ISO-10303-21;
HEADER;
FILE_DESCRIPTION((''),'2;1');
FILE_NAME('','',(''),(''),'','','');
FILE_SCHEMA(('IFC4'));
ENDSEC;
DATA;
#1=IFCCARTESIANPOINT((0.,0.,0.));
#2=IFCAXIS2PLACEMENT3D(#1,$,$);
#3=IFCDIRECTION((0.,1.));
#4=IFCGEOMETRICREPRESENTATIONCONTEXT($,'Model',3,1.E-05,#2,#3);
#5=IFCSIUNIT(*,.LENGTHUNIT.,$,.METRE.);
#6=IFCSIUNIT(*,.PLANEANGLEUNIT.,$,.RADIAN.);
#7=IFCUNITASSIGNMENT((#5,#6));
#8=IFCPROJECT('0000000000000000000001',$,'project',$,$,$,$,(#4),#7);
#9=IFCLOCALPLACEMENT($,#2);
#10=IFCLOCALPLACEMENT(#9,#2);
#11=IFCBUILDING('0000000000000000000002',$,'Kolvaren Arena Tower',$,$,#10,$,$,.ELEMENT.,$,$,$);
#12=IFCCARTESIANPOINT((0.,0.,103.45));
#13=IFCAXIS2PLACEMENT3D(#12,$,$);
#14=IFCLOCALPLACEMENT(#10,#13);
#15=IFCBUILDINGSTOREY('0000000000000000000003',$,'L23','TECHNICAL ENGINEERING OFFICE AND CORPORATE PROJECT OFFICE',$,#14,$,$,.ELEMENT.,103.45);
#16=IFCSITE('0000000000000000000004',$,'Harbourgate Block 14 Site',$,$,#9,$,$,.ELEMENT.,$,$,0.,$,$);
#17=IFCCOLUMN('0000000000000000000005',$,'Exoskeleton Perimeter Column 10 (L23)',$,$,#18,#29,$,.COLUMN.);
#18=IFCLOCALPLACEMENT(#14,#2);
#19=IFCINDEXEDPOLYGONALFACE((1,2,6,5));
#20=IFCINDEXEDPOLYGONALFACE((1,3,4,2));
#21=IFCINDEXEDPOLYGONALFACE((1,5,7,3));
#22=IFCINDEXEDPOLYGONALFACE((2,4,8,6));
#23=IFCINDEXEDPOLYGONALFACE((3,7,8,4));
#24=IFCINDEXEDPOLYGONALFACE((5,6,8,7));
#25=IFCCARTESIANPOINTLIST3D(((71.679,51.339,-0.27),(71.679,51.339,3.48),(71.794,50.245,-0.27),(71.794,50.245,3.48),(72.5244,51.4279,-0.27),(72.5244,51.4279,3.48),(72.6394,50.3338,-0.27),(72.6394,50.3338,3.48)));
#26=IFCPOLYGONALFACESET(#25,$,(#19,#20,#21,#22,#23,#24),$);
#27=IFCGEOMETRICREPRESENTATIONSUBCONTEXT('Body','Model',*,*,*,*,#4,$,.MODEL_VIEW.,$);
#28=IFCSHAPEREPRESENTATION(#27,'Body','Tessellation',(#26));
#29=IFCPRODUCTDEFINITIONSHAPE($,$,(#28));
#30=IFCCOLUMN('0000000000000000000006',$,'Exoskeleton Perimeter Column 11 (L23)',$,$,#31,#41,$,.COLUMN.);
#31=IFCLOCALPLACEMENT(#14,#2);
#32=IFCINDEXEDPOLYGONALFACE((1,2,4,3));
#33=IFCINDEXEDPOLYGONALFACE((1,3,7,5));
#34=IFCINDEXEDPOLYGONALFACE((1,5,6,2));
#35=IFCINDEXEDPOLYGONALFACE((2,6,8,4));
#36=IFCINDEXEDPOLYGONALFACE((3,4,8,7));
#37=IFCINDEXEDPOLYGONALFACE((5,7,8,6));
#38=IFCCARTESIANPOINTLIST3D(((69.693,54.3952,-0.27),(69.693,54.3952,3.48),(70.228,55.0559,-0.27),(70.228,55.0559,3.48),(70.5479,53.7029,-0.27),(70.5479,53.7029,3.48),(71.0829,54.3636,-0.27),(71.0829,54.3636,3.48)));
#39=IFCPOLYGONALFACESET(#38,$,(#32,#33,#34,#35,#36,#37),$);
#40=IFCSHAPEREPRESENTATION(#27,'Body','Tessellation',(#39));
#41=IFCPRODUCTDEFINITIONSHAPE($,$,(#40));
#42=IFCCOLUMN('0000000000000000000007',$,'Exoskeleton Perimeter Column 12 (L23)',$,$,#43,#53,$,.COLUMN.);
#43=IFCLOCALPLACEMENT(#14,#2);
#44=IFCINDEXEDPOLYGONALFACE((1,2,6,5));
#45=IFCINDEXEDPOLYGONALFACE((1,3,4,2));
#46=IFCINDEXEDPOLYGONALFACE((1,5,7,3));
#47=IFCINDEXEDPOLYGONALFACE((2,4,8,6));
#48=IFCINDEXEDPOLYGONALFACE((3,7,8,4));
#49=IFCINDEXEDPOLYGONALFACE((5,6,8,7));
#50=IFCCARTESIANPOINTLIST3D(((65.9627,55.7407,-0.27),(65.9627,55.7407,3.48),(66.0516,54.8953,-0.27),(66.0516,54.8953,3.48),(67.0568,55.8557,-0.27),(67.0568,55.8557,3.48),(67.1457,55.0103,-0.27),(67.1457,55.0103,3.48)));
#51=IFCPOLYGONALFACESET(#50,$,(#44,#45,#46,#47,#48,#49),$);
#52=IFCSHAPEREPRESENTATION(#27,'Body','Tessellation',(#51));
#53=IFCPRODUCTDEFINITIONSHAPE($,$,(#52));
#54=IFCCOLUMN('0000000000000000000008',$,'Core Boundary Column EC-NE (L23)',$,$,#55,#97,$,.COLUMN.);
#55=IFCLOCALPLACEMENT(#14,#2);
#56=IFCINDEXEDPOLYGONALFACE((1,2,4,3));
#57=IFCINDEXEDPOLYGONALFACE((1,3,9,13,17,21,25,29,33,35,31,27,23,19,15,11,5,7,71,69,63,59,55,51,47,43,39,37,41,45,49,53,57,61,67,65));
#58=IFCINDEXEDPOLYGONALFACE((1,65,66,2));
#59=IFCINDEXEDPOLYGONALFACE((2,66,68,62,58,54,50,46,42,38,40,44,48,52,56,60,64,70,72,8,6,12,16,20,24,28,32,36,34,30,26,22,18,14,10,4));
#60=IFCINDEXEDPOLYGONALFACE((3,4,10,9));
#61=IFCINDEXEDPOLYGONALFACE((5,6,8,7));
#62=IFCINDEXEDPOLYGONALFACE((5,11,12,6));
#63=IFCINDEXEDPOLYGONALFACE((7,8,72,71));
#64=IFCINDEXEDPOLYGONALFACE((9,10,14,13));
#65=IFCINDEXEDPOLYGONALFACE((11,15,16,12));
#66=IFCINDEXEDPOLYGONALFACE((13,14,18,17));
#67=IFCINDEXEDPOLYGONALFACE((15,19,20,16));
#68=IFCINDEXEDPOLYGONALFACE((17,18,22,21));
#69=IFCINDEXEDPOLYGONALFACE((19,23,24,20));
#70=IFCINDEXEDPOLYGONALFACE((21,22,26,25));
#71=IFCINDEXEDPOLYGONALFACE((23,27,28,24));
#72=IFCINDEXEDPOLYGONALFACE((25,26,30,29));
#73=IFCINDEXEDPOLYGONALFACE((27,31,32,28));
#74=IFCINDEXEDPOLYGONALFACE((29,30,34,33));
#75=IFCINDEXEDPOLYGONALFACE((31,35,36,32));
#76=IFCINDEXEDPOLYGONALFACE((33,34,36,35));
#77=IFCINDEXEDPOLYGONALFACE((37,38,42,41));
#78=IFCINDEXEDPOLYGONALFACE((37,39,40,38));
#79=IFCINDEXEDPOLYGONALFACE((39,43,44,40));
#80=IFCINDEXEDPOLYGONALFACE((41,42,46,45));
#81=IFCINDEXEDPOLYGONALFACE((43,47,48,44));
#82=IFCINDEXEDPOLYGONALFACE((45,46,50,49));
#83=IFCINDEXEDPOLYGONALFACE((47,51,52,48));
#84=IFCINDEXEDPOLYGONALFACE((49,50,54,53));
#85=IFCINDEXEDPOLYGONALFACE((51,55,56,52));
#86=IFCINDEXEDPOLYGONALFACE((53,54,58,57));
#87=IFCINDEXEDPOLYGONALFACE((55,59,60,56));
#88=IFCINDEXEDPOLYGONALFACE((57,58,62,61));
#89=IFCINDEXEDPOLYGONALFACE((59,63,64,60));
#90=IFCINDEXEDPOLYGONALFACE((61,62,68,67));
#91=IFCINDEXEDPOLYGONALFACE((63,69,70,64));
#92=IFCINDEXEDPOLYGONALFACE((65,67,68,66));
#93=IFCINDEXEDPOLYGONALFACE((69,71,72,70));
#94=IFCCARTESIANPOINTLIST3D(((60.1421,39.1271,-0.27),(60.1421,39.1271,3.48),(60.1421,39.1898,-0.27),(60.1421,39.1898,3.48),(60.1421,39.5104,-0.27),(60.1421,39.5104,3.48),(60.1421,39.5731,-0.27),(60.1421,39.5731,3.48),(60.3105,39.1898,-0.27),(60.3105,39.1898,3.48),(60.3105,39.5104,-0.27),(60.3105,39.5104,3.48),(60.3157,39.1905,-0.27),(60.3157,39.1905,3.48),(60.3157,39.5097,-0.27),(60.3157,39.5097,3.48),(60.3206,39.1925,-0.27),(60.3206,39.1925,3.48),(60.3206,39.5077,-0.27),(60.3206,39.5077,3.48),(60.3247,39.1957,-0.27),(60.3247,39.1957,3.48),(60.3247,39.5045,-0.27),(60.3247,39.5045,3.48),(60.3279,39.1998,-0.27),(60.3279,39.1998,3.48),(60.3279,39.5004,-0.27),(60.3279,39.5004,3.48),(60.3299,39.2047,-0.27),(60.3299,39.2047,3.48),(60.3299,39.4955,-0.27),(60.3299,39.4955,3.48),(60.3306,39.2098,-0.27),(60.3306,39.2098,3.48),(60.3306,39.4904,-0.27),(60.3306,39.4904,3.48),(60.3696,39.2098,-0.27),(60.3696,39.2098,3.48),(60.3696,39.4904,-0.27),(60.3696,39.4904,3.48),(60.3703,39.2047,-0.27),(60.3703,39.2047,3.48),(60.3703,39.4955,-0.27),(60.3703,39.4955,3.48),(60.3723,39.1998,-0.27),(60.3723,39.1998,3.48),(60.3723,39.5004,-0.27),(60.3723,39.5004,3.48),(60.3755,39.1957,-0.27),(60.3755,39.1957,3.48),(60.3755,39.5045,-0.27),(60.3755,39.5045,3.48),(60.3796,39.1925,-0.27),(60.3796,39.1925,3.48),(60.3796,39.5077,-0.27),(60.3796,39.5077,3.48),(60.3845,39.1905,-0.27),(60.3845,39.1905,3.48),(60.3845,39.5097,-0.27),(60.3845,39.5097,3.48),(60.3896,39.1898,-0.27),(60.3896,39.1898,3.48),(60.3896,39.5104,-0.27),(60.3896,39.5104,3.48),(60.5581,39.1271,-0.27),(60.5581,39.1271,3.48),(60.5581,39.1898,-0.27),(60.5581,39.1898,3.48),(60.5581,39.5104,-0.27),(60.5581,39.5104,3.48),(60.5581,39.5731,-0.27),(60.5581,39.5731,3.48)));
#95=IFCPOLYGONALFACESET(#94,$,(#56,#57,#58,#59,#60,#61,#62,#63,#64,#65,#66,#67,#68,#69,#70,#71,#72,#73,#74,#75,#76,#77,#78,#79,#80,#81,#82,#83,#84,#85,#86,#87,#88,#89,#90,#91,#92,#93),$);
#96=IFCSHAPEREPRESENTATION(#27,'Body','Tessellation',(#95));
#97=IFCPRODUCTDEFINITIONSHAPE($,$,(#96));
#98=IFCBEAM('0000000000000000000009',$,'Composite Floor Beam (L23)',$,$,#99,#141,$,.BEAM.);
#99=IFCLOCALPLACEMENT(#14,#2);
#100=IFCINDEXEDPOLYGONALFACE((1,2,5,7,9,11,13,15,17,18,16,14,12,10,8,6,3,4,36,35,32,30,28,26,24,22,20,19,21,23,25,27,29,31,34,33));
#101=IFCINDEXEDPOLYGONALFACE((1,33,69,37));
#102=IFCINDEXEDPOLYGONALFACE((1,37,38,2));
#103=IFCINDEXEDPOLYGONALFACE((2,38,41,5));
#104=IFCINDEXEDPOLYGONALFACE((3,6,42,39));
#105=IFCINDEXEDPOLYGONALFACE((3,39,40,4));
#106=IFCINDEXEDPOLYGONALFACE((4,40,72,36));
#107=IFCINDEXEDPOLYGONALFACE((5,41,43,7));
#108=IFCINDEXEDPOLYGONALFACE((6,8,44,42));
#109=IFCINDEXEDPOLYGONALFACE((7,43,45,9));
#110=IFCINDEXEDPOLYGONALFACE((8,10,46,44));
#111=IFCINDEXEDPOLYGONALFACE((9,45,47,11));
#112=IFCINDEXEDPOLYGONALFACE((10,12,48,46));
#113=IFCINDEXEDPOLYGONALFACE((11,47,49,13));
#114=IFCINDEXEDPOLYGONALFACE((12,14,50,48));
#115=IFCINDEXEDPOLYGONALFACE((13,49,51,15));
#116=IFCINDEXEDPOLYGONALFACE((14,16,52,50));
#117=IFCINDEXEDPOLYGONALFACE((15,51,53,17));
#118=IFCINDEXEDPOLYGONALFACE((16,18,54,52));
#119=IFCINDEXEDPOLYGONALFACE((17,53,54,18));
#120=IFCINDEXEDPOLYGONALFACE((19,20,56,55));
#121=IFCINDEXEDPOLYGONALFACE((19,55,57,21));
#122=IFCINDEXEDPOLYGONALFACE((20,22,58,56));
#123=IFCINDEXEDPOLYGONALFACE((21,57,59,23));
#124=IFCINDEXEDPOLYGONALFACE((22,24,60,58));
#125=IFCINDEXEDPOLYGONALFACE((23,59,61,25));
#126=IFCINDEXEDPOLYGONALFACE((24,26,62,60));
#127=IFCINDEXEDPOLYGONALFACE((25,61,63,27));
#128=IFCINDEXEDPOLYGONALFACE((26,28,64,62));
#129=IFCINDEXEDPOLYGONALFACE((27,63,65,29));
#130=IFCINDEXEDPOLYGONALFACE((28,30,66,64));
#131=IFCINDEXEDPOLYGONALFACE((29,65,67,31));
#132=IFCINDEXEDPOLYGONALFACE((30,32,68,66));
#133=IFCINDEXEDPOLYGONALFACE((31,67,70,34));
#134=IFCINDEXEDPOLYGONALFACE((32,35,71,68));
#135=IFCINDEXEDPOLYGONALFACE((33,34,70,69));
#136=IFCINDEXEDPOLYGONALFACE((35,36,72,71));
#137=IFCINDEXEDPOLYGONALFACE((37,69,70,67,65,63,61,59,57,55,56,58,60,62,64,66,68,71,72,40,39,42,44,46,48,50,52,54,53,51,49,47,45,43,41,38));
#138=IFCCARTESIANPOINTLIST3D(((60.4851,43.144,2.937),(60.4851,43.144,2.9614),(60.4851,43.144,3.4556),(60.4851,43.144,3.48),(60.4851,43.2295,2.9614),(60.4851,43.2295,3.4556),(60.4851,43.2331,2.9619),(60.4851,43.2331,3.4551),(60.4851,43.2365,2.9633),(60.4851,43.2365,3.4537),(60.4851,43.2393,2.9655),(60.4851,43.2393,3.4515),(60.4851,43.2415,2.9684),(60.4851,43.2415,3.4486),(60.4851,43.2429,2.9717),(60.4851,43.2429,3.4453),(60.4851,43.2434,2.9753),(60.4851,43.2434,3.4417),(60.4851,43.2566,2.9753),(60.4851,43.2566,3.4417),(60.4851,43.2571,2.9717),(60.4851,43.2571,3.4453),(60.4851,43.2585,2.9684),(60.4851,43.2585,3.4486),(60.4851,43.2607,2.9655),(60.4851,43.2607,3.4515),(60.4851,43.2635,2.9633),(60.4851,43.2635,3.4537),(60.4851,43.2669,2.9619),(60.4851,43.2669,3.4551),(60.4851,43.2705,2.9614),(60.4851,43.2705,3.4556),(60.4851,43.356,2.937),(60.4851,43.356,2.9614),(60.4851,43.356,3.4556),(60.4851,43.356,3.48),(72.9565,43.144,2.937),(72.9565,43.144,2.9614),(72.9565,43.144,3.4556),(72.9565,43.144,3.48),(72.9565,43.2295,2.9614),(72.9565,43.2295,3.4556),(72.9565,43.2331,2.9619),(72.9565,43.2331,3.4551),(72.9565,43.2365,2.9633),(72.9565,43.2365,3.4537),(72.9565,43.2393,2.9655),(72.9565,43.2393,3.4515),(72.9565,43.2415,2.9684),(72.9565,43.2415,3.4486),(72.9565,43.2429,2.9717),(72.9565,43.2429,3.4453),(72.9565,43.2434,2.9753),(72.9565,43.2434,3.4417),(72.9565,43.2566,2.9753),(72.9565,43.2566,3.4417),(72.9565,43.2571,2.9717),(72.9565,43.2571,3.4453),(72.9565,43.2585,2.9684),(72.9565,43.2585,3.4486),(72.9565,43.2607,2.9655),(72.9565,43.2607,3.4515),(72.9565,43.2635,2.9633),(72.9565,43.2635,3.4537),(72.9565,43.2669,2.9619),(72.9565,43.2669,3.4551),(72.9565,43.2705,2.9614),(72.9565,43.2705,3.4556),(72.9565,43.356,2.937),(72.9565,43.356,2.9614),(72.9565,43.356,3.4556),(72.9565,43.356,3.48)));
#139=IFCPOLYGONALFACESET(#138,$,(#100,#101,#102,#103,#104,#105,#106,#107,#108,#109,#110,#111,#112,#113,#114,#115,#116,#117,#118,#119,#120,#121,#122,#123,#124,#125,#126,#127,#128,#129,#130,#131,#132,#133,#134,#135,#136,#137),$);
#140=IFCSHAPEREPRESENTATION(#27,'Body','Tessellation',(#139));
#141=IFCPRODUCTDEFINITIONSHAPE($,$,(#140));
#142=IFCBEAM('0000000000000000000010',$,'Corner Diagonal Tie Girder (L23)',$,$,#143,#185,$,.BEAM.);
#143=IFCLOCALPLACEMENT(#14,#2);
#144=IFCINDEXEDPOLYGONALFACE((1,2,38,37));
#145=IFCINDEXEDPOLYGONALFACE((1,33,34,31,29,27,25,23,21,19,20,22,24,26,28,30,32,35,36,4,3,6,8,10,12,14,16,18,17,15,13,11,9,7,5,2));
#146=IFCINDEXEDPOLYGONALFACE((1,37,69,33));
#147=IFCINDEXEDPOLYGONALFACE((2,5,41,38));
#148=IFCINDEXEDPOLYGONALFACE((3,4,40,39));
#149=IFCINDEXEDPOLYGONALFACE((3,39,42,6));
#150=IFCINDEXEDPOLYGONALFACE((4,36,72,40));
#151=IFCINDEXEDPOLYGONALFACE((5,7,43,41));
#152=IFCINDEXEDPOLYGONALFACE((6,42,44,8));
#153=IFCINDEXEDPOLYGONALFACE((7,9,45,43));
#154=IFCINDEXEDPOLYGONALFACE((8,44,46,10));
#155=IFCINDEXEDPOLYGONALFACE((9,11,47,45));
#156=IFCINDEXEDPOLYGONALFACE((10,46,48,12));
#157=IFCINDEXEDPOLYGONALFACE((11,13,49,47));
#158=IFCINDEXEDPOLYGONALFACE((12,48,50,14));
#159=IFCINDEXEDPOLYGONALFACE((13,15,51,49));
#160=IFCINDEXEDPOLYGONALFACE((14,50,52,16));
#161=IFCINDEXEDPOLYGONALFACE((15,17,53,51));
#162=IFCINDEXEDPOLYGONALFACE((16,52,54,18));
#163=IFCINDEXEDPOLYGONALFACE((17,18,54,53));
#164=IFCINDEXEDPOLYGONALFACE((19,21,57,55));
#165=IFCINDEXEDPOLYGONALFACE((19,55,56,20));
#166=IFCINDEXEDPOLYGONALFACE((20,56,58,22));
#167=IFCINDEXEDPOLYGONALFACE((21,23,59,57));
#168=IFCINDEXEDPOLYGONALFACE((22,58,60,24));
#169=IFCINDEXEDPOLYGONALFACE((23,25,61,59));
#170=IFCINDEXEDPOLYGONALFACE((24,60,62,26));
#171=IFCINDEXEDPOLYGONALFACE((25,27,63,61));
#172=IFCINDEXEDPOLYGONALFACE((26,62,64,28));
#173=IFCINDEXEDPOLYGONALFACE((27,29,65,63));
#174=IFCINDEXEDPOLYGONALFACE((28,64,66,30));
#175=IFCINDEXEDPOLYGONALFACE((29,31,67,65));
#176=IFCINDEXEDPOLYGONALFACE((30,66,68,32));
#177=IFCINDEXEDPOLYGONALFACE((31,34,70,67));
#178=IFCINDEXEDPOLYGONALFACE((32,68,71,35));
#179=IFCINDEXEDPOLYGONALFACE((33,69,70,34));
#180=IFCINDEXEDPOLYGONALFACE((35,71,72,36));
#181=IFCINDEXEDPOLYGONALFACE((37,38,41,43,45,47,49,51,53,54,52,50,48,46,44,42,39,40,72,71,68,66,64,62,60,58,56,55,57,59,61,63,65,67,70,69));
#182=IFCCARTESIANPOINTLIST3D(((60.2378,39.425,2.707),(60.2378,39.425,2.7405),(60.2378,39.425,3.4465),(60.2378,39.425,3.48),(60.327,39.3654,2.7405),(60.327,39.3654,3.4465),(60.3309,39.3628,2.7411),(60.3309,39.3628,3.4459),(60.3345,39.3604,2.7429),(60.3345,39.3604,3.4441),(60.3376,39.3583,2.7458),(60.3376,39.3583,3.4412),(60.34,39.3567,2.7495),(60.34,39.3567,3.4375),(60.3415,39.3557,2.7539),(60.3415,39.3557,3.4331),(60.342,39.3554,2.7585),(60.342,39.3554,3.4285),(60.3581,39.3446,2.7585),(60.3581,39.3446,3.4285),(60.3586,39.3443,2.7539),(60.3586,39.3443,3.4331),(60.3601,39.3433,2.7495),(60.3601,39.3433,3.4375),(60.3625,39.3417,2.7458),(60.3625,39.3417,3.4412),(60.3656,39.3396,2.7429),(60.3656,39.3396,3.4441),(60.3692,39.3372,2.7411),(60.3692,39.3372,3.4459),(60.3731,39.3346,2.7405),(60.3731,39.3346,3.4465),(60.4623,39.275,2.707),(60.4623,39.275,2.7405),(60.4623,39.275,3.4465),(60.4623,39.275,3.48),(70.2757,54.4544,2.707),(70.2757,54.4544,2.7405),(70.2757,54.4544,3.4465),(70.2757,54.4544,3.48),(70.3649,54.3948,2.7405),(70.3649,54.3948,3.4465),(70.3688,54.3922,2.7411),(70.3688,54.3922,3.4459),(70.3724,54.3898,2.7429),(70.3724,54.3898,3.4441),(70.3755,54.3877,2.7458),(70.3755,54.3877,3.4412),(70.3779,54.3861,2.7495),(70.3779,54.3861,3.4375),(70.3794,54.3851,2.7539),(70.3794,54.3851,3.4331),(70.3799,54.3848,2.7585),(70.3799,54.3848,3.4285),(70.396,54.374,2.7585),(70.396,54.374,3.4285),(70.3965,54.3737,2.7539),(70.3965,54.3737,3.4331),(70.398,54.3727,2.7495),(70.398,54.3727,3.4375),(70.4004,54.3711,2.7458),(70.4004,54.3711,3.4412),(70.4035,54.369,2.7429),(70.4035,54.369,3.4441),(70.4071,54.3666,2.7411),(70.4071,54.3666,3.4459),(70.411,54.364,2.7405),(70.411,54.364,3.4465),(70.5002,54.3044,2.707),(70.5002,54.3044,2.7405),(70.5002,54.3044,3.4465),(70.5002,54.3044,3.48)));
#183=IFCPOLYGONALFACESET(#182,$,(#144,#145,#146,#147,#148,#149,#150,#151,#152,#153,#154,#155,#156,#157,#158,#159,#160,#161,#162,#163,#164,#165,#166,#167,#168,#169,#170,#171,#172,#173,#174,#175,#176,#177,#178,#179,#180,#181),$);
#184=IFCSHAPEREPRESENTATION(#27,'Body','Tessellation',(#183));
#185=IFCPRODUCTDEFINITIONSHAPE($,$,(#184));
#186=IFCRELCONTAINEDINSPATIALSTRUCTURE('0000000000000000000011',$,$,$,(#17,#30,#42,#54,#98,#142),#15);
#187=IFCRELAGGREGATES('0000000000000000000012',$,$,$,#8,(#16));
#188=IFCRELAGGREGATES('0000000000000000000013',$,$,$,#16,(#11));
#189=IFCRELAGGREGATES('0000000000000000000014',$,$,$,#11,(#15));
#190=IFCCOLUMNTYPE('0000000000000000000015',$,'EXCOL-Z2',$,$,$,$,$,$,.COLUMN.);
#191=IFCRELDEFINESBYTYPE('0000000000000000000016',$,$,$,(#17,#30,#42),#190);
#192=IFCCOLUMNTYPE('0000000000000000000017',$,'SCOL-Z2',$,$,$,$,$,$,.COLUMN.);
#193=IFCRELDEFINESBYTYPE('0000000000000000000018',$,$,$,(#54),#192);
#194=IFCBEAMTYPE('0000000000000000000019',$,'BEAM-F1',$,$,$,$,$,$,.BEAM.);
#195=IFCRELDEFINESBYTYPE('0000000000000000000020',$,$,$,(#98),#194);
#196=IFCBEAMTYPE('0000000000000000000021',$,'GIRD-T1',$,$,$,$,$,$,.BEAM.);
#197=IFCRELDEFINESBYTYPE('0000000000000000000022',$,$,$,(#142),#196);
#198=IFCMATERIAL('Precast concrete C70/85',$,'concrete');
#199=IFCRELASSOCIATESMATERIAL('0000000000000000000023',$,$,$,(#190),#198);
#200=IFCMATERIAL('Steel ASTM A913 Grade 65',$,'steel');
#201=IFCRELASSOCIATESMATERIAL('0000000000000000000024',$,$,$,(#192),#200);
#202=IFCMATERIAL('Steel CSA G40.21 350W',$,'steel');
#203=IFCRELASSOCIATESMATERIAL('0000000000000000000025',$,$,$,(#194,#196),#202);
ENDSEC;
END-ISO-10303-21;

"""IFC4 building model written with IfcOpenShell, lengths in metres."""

from ifc_helpers import new_model, si_unit, direction, frame, origin, origin_2d, place, context, subcontext, project, spatial, rectangle, i_section, extrude, material, material_profile, profile_set, type_object, element, save


model = new_model("IFC4")

# Units and contexts
model_context = context("Model", 3, precision=1e-05, world=origin(), true_north=direction((0.0, 1.0)))
body_context = subcontext(model_context, "Body", "Model", "MODEL_VIEW")
ifc_project = project(units=[si_unit("LENGTHUNIT", "METRE"), si_unit("PLANEANGLEUNIT", "RADIAN")], contexts=[model_context])

# Site, building, storey
site_placement = place(None, origin())
site = spatial("IfcSite", under=ifc_project, at=site_placement, Name="Harbourgate Block 14 Site", CompositionType="ELEMENT", RefElevation=0.0)
building_placement = place(site_placement, origin())
building = spatial("IfcBuilding", under=site, at=building_placement, Name="Kolvaren Arena Tower", CompositionType="ELEMENT")
storey_placement = place(building_placement, frame((0.0, 0.0, 103.45)))
storey = spatial("IfcBuildingStorey", under=building, at=storey_placement, Name="L23", Description="TECHNICAL ENGINEERING OFFICE AND CORPORATE PROJECT OFFICE", CompositionType="ELEMENT", Elevation=103.45)

# Columns
ifc_material_1 = material(Name="Precast concrete C70/85", Category="concrete")
ifc_material_profile_1 = material_profile(ifc_material_1, rectangle(XDim=1.1001, YDim=0.8501, at=origin_2d()), Name="RC-1100x850")
ifc_profile_set_1 = profile_set([ifc_material_profile_1], Name="Precast concrete C70/85")
column_type_1 = type_object("IfcColumnType", Name="EXCOL-Z2", PredefinedType="COLUMN", material=ifc_profile_set_1)
for number, where, z_axis, x_axis, name in (
    (1, (72.1592, 50.8364, -0.27), (0.0, 0.0, 1.0), (-0.104528, 0.994522, 0.0), "Exoskeleton Perimeter Column 10 (L23)"),
    (2, (70.3879, 54.3794, -0.27), (0.0, 0.0, 1.0), (-0.777146, 0.62932, 0.0), "Exoskeleton Perimeter Column 11 (L23)"),
    (3, (66.5542, 55.3755, -0.27), (0.0, 0.0, 1.0), (0.994522, 0.104528, 0.0), "Exoskeleton Perimeter Column 12 (L23)"),
):
    element("IfcColumn", number, at=place(storey_placement, frame(where, z_axis=z_axis, x_axis=x_axis)), inside=storey, type_object=column_type_1, Name=name, PredefinedType="COLUMN", context=body_context, shape_type="SweptSolid", body=[
        extrude(rectangle(XDim=1.1001, YDim=0.8501, at=origin_2d()), origin(), (0.0, 0.0, 1.0), 3.75),
    ])
ifc_material_2 = material(Name="Steel ASTM A913 Grade 65", Category="steel")
ifc_material_profile_2 = material_profile(ifc_material_2, i_section(OverallWidth=0.416, OverallDepth=0.446, WebThickness=0.0391, FlangeThickness=0.0627, FilletRadius=0.02, at=origin_2d()), Name="W360x509")
ifc_profile_set_2 = profile_set([ifc_material_profile_2], Name="Steel ASTM A913 Grade 65")
column_type_2 = type_object("IfcColumnType", Name="SCOL-Z2", PredefinedType="COLUMN", material=ifc_profile_set_2)
column_placement = place(storey_placement, frame((60.3501, 39.3501, -0.27), z_axis=(0.0, 0.0, 1.0), x_axis=(1.0, 0.0, 0.0)))
element("IfcColumn", 4, at=column_placement, inside=storey, type_object=column_type_2, Name="Core Boundary Column EC-NE (L23)", PredefinedType="COLUMN", context=body_context, shape_type="SweptSolid", body=[
    extrude(i_section(OverallWidth=0.416, OverallDepth=0.446, WebThickness=0.0391, FlangeThickness=0.0627, FilletRadius=0.02, at=origin_2d()), origin(), (0.0, 0.0, 1.0), 3.75),
])

# Beams
ifc_material_3 = material(Name="Steel CSA G40.21 350W", Category="steel")
ifc_material_profile_3 = material_profile(ifc_material_3, i_section(OverallWidth=0.2119, OverallDepth=0.543, WebThickness=0.0132, FlangeThickness=0.0244, FilletRadius=0.0139, at=origin_2d()), Name="W530x150")
ifc_profile_set_3 = profile_set([ifc_material_profile_3], Name="Steel CSA G40.21 350W")
beam_type_1 = type_object("IfcBeamType", Name="BEAM-F1", PredefinedType="BEAM", material=ifc_profile_set_3)
beam_1_placement = place(storey_placement, frame((60.4851, 43.25, 3.2085), z_axis=(1.0, 0.0, 0.0), x_axis=(0.0, 1.0, 0.0)))
element("IfcBeam", 5, at=beam_1_placement, inside=storey, type_object=beam_type_1, Name="Composite Floor Beam (L23)", PredefinedType="BEAM", context=body_context, shape_type="SweptSolid", body=[
    extrude(i_section(OverallWidth=0.2119, OverallDepth=0.543, WebThickness=0.0132, FlangeThickness=0.0244, FilletRadius=0.0139, at=origin_2d()), origin(), (0.0, 0.0, 1.0), 12.4714),
])
ifc_material_profile_4 = material_profile(ifc_material_3, i_section(OverallWidth=0.27, OverallDepth=0.7729, WebThickness=0.0193, FlangeThickness=0.0334, FilletRadius=0.0181, at=origin_2d()), Name="W760x257")
ifc_profile_set_4 = profile_set([ifc_material_profile_4], Name="Steel CSA G40.21 350W")
beam_type_2 = type_object("IfcBeamType", Name="GIRD-T1", PredefinedType="BEAM", material=ifc_profile_set_4)
beam_2_placement = place(storey_placement, frame((70.3879, 54.3794, 3.0935), z_axis=(-0.555401, -0.831582, 0.0), x_axis=(0.831582, -0.555401, 0.0)))
element("IfcBeam", 6, at=beam_2_placement, inside=storey, type_object=beam_type_2, Name="Corner Diagonal Tie Girder (L23)", PredefinedType="BEAM", context=body_context, shape_type="SweptSolid", body=[
    extrude(i_section(OverallWidth=0.27, OverallDepth=0.7729, WebThickness=0.0193, FlangeThickness=0.0334, FilletRadius=0.0181, at=origin_2d()), origin(), (0.0, 0.0, 1.0), 18.0732),
])

save(model, "model.ifc")
